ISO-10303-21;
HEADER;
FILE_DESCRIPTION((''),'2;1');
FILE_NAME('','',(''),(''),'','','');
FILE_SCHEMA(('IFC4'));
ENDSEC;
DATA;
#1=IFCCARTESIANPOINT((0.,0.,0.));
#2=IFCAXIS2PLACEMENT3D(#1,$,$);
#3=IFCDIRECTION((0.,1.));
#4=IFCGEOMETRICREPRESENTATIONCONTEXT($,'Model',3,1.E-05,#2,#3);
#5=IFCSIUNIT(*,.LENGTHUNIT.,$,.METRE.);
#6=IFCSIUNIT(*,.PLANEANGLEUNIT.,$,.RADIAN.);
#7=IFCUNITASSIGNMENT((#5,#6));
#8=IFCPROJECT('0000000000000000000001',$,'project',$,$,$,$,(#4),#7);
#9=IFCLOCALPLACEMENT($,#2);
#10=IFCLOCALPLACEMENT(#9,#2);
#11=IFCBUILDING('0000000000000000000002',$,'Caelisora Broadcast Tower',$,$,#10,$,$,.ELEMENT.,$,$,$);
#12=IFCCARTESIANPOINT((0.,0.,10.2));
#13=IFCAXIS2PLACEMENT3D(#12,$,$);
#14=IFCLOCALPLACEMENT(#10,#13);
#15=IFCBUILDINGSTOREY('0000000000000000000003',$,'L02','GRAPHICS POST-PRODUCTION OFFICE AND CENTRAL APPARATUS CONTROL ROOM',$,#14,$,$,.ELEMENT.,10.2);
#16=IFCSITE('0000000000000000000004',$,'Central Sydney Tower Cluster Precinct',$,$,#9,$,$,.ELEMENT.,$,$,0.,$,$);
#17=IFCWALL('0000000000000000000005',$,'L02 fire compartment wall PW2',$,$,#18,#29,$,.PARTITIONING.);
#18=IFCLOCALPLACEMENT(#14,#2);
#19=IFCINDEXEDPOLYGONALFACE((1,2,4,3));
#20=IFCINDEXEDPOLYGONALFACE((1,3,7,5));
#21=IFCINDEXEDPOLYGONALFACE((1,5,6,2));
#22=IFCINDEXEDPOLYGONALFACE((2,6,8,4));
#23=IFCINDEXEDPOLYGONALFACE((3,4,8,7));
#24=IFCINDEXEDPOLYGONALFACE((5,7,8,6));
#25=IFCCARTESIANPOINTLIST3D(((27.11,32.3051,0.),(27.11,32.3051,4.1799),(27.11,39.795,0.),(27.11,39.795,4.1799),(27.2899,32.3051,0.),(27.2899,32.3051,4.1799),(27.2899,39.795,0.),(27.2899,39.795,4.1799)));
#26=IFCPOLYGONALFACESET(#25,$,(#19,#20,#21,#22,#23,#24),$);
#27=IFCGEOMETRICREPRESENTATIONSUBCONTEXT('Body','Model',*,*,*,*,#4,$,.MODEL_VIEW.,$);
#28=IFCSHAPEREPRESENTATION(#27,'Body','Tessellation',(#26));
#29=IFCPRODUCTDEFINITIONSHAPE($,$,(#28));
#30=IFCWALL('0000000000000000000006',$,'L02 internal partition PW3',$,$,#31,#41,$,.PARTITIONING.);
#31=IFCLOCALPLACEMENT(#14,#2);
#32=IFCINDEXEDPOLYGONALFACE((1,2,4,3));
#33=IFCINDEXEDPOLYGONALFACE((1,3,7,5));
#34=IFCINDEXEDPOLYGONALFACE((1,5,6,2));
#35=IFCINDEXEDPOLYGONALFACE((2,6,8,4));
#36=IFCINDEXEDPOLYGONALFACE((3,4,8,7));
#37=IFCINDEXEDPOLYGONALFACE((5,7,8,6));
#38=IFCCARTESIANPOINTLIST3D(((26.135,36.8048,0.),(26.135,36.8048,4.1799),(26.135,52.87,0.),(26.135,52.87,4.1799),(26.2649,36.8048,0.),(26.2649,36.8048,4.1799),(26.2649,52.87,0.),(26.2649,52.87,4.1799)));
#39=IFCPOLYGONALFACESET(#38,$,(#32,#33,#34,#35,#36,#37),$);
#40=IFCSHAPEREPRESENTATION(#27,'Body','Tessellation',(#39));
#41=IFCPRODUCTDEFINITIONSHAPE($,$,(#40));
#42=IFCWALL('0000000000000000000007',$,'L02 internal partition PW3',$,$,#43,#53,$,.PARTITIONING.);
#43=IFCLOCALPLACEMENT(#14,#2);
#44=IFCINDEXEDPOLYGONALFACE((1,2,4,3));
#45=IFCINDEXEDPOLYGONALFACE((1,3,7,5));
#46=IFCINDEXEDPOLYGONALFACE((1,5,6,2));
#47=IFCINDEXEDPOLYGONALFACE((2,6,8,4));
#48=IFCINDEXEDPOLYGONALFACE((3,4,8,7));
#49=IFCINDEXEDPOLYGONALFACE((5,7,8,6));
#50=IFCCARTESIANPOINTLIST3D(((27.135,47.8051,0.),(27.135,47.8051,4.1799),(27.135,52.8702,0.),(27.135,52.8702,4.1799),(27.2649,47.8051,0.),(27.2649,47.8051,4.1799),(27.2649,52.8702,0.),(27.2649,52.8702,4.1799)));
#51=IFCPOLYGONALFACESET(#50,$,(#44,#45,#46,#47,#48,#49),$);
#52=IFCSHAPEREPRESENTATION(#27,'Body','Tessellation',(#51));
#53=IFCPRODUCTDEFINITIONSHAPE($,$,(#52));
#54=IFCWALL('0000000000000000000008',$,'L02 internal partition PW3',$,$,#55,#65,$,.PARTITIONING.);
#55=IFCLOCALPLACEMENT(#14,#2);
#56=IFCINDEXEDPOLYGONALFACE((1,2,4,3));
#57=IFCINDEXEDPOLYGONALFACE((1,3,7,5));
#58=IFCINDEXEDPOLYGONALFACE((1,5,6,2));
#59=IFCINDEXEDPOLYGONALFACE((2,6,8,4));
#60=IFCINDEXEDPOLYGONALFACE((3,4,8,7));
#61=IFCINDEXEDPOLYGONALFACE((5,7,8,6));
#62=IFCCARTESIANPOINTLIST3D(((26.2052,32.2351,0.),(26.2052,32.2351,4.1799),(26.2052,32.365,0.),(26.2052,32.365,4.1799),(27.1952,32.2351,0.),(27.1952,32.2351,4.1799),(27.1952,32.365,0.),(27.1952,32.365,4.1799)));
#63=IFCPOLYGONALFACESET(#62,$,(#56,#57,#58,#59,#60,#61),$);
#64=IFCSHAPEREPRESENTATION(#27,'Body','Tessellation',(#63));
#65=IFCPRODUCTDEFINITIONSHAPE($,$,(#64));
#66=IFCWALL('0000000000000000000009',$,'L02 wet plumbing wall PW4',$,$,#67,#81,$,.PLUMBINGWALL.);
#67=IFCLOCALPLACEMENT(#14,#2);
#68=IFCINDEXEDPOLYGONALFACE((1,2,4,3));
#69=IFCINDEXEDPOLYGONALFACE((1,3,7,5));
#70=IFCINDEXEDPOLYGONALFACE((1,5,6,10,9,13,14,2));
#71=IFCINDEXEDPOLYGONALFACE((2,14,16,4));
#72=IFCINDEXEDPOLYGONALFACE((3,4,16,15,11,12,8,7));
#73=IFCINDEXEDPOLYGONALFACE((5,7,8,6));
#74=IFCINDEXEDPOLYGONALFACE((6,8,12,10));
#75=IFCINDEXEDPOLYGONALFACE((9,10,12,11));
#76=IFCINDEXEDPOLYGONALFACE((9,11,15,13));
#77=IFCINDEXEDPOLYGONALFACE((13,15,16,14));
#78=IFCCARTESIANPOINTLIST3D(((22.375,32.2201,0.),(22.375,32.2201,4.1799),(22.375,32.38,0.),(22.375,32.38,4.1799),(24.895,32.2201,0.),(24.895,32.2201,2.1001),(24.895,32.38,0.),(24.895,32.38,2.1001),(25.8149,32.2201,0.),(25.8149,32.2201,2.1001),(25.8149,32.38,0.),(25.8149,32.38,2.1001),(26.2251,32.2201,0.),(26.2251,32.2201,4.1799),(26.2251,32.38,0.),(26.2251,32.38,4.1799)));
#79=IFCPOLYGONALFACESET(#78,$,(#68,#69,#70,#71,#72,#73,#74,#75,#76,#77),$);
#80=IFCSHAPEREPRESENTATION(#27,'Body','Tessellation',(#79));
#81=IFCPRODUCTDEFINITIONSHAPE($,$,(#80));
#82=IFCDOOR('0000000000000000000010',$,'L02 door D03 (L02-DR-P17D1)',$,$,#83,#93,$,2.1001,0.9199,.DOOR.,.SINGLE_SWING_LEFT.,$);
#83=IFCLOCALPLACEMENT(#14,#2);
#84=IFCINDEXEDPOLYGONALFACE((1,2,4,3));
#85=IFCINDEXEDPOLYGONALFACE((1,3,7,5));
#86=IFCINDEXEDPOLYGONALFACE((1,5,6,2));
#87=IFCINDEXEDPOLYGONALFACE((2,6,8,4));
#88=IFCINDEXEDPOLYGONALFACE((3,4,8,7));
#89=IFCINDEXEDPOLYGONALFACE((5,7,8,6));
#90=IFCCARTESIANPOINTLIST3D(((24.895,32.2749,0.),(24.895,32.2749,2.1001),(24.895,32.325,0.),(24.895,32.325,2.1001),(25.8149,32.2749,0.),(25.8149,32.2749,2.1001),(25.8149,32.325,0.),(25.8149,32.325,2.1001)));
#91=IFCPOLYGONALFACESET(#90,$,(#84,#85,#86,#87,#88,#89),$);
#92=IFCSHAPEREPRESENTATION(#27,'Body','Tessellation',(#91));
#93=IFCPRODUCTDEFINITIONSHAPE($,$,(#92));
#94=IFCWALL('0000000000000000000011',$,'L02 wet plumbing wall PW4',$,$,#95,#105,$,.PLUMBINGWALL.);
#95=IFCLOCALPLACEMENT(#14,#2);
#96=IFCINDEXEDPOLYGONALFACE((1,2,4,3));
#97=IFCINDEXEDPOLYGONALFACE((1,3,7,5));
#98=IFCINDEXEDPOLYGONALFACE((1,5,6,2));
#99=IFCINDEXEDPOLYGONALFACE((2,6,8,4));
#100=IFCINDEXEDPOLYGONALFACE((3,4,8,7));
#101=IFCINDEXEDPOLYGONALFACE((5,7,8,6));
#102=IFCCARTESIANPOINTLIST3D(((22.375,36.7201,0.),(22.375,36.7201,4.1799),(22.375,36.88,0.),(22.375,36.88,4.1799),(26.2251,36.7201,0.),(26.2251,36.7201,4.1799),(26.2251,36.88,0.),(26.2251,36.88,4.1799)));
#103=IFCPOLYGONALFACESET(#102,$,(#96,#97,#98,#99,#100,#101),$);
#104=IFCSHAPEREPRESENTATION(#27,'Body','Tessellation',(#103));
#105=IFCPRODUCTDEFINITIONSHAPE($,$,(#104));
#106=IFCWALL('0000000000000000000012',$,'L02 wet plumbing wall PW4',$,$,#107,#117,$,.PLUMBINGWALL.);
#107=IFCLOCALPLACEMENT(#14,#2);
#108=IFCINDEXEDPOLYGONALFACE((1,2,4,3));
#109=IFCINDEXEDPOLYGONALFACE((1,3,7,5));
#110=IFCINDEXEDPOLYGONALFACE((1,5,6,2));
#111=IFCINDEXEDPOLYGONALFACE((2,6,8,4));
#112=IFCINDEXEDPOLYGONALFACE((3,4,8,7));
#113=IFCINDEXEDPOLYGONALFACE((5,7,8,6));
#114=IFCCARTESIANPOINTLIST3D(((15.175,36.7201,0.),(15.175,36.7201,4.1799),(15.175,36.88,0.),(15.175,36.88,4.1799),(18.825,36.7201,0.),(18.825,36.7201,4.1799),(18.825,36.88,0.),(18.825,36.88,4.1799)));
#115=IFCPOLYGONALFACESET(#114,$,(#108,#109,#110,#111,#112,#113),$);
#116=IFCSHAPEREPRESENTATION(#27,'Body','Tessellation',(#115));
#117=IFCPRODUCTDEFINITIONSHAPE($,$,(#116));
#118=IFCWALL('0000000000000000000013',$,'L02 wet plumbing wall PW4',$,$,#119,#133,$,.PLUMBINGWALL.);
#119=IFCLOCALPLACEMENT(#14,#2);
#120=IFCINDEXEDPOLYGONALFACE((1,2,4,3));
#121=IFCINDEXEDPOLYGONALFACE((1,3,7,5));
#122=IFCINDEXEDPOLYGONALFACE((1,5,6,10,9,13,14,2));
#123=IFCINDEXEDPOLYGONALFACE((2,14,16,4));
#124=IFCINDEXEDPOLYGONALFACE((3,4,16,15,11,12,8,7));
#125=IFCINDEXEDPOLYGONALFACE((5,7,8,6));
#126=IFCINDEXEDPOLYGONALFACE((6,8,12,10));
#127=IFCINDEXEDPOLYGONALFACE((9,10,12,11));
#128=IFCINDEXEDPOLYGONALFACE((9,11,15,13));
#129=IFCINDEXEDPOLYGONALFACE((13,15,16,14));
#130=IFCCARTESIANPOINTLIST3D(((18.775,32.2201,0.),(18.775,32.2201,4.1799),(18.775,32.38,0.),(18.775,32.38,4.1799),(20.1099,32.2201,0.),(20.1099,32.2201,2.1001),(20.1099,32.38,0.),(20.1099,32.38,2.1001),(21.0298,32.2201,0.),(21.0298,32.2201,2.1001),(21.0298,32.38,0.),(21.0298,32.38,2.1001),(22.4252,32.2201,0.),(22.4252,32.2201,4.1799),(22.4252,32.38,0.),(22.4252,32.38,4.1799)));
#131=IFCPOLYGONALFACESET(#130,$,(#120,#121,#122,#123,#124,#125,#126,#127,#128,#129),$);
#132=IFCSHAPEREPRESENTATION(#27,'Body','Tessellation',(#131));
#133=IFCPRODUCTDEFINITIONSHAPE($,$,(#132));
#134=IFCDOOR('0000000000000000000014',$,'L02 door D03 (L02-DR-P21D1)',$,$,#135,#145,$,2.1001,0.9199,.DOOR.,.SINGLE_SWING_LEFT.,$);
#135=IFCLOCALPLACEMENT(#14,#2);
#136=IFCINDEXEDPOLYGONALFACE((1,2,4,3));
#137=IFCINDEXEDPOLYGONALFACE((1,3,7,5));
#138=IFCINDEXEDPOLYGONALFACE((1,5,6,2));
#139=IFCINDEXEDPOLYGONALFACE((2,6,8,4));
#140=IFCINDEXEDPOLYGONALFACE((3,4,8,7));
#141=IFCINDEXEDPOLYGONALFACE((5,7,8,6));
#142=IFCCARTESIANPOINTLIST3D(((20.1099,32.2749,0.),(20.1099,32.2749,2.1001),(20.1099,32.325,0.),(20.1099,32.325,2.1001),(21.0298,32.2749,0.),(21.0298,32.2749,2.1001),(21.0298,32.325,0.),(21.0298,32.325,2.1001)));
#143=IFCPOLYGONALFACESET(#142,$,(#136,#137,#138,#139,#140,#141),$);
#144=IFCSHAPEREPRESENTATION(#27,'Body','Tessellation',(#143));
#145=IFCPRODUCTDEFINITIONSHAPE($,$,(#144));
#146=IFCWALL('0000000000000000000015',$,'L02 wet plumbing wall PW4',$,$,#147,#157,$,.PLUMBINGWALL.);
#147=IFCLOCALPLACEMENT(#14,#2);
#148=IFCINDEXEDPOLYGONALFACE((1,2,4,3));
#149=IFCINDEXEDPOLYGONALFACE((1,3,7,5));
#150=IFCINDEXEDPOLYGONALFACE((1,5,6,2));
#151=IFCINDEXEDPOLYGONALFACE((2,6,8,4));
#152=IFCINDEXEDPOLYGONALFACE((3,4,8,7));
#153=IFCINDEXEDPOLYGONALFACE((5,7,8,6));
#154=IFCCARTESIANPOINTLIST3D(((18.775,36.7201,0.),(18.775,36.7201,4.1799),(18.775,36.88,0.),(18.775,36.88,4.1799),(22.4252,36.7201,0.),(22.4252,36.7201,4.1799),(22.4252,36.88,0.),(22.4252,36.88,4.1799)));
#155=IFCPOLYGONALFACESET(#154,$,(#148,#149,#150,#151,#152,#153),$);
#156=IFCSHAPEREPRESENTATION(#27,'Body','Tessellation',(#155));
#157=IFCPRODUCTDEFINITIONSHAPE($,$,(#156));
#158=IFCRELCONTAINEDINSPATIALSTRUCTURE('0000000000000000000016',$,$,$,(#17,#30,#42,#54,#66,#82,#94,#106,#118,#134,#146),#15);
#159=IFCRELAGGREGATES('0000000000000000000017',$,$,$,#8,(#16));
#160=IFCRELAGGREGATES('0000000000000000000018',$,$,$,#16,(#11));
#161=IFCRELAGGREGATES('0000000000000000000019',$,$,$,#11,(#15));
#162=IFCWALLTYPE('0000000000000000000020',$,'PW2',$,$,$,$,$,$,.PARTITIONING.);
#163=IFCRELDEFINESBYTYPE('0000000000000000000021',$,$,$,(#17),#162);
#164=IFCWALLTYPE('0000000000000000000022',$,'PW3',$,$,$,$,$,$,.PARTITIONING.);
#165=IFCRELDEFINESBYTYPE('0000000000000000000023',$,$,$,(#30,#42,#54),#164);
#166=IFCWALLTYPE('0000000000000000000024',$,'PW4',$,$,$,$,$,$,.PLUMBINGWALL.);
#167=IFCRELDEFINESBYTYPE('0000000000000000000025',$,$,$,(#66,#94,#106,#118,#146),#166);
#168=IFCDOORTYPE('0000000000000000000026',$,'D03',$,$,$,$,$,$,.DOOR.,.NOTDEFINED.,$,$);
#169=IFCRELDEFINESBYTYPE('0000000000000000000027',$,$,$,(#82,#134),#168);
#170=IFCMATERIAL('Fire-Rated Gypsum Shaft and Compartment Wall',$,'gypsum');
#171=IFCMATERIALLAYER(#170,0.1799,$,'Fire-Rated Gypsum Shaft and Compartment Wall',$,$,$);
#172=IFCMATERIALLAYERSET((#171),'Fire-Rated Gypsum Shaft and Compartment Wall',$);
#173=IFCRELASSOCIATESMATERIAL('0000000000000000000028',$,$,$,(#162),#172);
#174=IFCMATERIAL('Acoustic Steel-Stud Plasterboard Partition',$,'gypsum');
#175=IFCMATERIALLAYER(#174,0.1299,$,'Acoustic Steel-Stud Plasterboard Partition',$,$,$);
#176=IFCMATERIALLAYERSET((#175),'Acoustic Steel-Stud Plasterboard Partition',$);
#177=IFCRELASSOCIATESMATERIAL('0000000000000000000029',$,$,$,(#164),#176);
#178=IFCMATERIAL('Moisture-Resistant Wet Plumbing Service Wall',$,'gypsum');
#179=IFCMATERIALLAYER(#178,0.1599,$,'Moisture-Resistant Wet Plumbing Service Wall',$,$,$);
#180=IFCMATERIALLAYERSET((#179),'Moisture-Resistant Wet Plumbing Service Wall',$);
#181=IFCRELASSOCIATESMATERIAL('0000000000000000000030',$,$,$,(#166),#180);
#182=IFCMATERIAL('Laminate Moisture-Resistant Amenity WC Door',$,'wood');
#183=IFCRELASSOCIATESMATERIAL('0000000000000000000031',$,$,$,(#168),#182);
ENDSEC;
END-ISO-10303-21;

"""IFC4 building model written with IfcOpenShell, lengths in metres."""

from ifc_helpers import new_model, si_unit, direction, frame, frame_2d, origin, place, context, subcontext, project, spatial, rectangle, extrude, material, layer, layer_set, type_object, element, fill, save


model = new_model("IFC4")

# Units and contexts
model_context = context("Model", 3, precision=1e-05, world=origin(), true_north=direction((0.0, 1.0)))
body_context = subcontext(model_context, "Body", "Model", "MODEL_VIEW")
ifc_project = project(units=[si_unit("LENGTHUNIT", "METRE"), si_unit("PLANEANGLEUNIT", "RADIAN")], contexts=[model_context])

# Site, building, storey
site_placement = place(None, origin())
site = spatial("IfcSite", under=ifc_project, at=site_placement, Name="Central Sydney Tower Cluster Precinct", CompositionType="ELEMENT", RefElevation=0.0)
building_placement = place(site_placement, origin())
building = spatial("IfcBuilding", under=site, at=building_placement, Name="Caelisora Broadcast Tower", CompositionType="ELEMENT")
storey_placement = place(building_placement, frame((0.0, 0.0, 10.2)))
storey = spatial("IfcBuildingStorey", under=building, at=storey_placement, Name="L02", Description="GRAPHICS POST-PRODUCTION OFFICE AND CENTRAL APPARATUS CONTROL ROOM", CompositionType="ELEMENT", Elevation=10.2)

# Shared definitions
ifc_material_1 = material(Name="Fire-Rated Gypsum Shaft and Compartment Wall", Category="gypsum")
ifc_layer_1 = layer(ifc_material_1, 0.1799, Name="Fire-Rated Gypsum Shaft and Compartment Wall")
ifc_layer_set_1 = layer_set([ifc_layer_1], Name="Fire-Rated Gypsum Shaft and Compartment Wall")
wall_type_1 = type_object("IfcWallType", Name="PW2", PredefinedType="PARTITIONING", material=ifc_layer_set_1)

# Walls
wall_1_placement = place(storey_placement, frame((27.2, 32.3049, 0.0), z_axis=(0.0, 0.0, 1.0), x_axis=(0.0, 1.0, 0.0)))
element("IfcWall", 1, at=wall_1_placement, inside=storey, type_object=wall_type_1, Name="L02 fire compartment wall PW2", PredefinedType="PARTITIONING", context=body_context, shape_type="SweptSolid", body=[
    extrude(rectangle(XDim=7.49, YDim=0.1799, at=frame_2d((3.7451, 0.0))), origin(), (0.0, 0.0, 1.0), 4.1799),
])
ifc_material_2 = material(Name="Acoustic Steel-Stud Plasterboard Partition", Category="gypsum")
ifc_layer_2 = layer(ifc_material_2, 0.1299, Name="Acoustic Steel-Stud Plasterboard Partition")
ifc_layer_set_2 = layer_set([ifc_layer_2], Name="Acoustic Steel-Stud Plasterboard Partition")
wall_type_2 = type_object("IfcWallType", Name="PW3", PredefinedType="PARTITIONING", material=ifc_layer_set_2)
wall_2_placement = place(storey_placement, frame((26.2, 52.8701, 0.0), z_axis=(0.0, 0.0, 1.0), x_axis=(0.0, -1.0, 0.0)))
element("IfcWall", 2, at=wall_2_placement, inside=storey, type_object=wall_type_2, Name="L02 internal partition PW3", PredefinedType="PARTITIONING", context=body_context, shape_type="SweptSolid", body=[
    extrude(rectangle(XDim=16.0652, YDim=0.1299, at=frame_2d((8.0327, 0.0))), origin(), (0.0, 0.0, 1.0), 4.1799),
])
wall_3_placement = place(storey_placement, frame((27.2, 47.8049, 0.0), z_axis=(0.0, 0.0, 1.0), x_axis=(0.0, 1.0, 0.0)))
element("IfcWall", 3, at=wall_3_placement, inside=storey, type_object=wall_type_2, Name="L02 internal partition PW3", PredefinedType="PARTITIONING", context=body_context, shape_type="SweptSolid", body=[
    extrude(rectangle(XDim=5.0652, YDim=0.1299, at=frame_2d((2.5327, 0.0))), origin(), (0.0, 0.0, 1.0), 4.1799),
])
wall_4_placement = place(storey_placement, frame((26.2051, 32.3, 0.0), z_axis=(0.0, 0.0, 1.0), x_axis=(1.0, 0.0, 0.0)))
element("IfcWall", 4, at=wall_4_placement, inside=storey, type_object=wall_type_2, Name="L02 internal partition PW3", PredefinedType="PARTITIONING", context=body_context, shape_type="SweptSolid", body=[
    extrude(rectangle(XDim=0.99, YDim=0.1299, at=frame_2d((0.4951, 0.0))), origin(), (0.0, 0.0, 1.0), 4.1799),
])

# Wall, opening, door
ifc_material_3 = material(Name="Moisture-Resistant Wet Plumbing Service Wall", Category="gypsum")
ifc_layer_3 = layer(ifc_material_3, 0.1599, Name="Moisture-Resistant Wet Plumbing Service Wall")
ifc_layer_set_3 = layer_set([ifc_layer_3], Name="Moisture-Resistant Wet Plumbing Service Wall")
wall_type_3 = type_object("IfcWallType", Name="PW4", PredefinedType="PLUMBINGWALL", material=ifc_layer_set_3)
wall_5_placement = place(storey_placement, frame((22.375, 32.3, 0.0), z_axis=(0.0, 0.0, 1.0), x_axis=(1.0, 0.0, 0.0)))
wall_5 = element("IfcWall", 5, at=wall_5_placement, inside=storey, type_object=wall_type_3, Name="L02 wet plumbing wall PW4", PredefinedType="PLUMBINGWALL", context=body_context, shape_type="SweptSolid", body=[
    extrude(rectangle(XDim=3.8501, YDim=0.1599, at=frame_2d((1.925, 0.0))), origin(), (0.0, 0.0, 1.0), 4.1799),
])
opening_1_placement = place(wall_5_placement, frame((2.52, 0.0, 0.0)))
opening_1 = element("IfcOpeningElement", 6, at=opening_1_placement, cuts=wall_5, PredefinedType="OPENING", context=body_context, shape_type="SweptSolid", body=[
    extrude(rectangle(XDim=0.9199, YDim=2.1001, at=frame_2d((0.46, 1.05))), frame((0.0, 0.092, 0.0), z_axis=(0.0, -1.0, 0.0), x_axis=(1.0, 0.0, 0.0)), (0.0, 0.0, 1.0), 0.1838),
])
ifc_material_4 = material(Name="Laminate Moisture-Resistant Amenity WC Door", Category="wood")
door_type_1 = type_object("IfcDoorType", Name="D03", OperationType="NOTDEFINED", PredefinedType="DOOR", material=ifc_material_4)
door_1_placement = place(opening_1_placement, origin())
door_1 = element("IfcDoor", 7, at=door_1_placement, inside=storey, type_object=door_type_1, Name="L02 door D03 (L02-DR-P17D1)", OperationType="SINGLE_SWING_LEFT", OverallHeight=2.1001, OverallWidth=0.9199, PredefinedType="DOOR", context=body_context, shape_type="SweptSolid", body=[
    extrude(rectangle(XDim=0.9199, YDim=2.1001, at=frame_2d((0.46, 1.05))), frame((0.0, 0.0249, 0.0), z_axis=(0.0, -1.0, 0.0), x_axis=(1.0, 0.0, 0.0)), (0.0, 0.0, 1.0), 0.05),
])
fill(opening_1, door_1)

# Walls
wall_6_placement = place(storey_placement, frame((22.375, 36.8, 0.0), z_axis=(0.0, 0.0, 1.0), x_axis=(1.0, 0.0, 0.0)))
element("IfcWall", 8, at=wall_6_placement, inside=storey, type_object=wall_type_3, Name="L02 wet plumbing wall PW4", PredefinedType="PLUMBINGWALL", context=body_context, shape_type="SweptSolid", body=[
    extrude(rectangle(XDim=3.8501, YDim=0.1599, at=frame_2d((1.925, 0.0))), origin(), (0.0, 0.0, 1.0), 4.1799),
])
wall_7_placement = place(storey_placement, frame((15.175, 36.8, 0.0), z_axis=(0.0, 0.0, 1.0), x_axis=(1.0, 0.0, 0.0)))
element("IfcWall", 9, at=wall_7_placement, inside=storey, type_object=wall_type_3, Name="L02 wet plumbing wall PW4", PredefinedType="PLUMBINGWALL", context=body_context, shape_type="SweptSolid", body=[
    extrude(rectangle(XDim=3.6499, YDim=0.1599, at=frame_2d((1.825, 0.0))), origin(), (0.0, 0.0, 1.0), 4.1799),
])

# Wall, opening, door
wall_8_placement = place(storey_placement, frame((18.7749, 32.3, 0.0), z_axis=(0.0, 0.0, 1.0), x_axis=(1.0, 0.0, 0.0)))
wall_8 = element("IfcWall", 10, at=wall_8_placement, inside=storey, type_object=wall_type_3, Name="L02 wet plumbing wall PW4", PredefinedType="PLUMBINGWALL", context=body_context, shape_type="SweptSolid", body=[
    extrude(rectangle(XDim=3.6501, YDim=0.1599, at=frame_2d((1.8252, 0.0))), origin(), (0.0, 0.0, 1.0), 4.1799),
])
opening_2_placement = place(wall_8_placement, frame((1.335, 0.0, 0.0)))
opening_2 = element("IfcOpeningElement", 11, at=opening_2_placement, cuts=wall_8, PredefinedType="OPENING", context=body_context, shape_type="SweptSolid", body=[
    extrude(rectangle(XDim=0.9199, YDim=2.1001, at=frame_2d((0.46, 1.05))), frame((0.0, 0.092, 0.0), z_axis=(0.0, -1.0, 0.0), x_axis=(1.0, 0.0, 0.0)), (0.0, 0.0, 1.0), 0.1838),
])
door_2_placement = place(opening_2_placement, origin())
door_2 = element("IfcDoor", 12, at=door_2_placement, inside=storey, type_object=door_type_1, Name="L02 door D03 (L02-DR-P21D1)", OperationType="SINGLE_SWING_LEFT", OverallHeight=2.1001, OverallWidth=0.9199, PredefinedType="DOOR", context=body_context, shape_type="SweptSolid", body=[
    extrude(rectangle(XDim=0.9199, YDim=2.1001, at=frame_2d((0.46, 1.05))), frame((0.0, 0.0249, 0.0), z_axis=(0.0, -1.0, 0.0), x_axis=(1.0, 0.0, 0.0)), (0.0, 0.0, 1.0), 0.05),
])
fill(opening_2, door_2)

# Wall
wall_9_placement = place(storey_placement, frame((18.7749, 36.8, 0.0), z_axis=(0.0, 0.0, 1.0), x_axis=(1.0, 0.0, 0.0)))
element("IfcWall", 13, at=wall_9_placement, inside=storey, type_object=wall_type_3, Name="L02 wet plumbing wall PW4", PredefinedType="PLUMBINGWALL", context=body_context, shape_type="SweptSolid", body=[
    extrude(rectangle(XDim=3.6501, YDim=0.1599, at=frame_2d((1.8252, 0.0))), origin(), (0.0, 0.0, 1.0), 4.1799),
])

save(model, "model.ifc")
